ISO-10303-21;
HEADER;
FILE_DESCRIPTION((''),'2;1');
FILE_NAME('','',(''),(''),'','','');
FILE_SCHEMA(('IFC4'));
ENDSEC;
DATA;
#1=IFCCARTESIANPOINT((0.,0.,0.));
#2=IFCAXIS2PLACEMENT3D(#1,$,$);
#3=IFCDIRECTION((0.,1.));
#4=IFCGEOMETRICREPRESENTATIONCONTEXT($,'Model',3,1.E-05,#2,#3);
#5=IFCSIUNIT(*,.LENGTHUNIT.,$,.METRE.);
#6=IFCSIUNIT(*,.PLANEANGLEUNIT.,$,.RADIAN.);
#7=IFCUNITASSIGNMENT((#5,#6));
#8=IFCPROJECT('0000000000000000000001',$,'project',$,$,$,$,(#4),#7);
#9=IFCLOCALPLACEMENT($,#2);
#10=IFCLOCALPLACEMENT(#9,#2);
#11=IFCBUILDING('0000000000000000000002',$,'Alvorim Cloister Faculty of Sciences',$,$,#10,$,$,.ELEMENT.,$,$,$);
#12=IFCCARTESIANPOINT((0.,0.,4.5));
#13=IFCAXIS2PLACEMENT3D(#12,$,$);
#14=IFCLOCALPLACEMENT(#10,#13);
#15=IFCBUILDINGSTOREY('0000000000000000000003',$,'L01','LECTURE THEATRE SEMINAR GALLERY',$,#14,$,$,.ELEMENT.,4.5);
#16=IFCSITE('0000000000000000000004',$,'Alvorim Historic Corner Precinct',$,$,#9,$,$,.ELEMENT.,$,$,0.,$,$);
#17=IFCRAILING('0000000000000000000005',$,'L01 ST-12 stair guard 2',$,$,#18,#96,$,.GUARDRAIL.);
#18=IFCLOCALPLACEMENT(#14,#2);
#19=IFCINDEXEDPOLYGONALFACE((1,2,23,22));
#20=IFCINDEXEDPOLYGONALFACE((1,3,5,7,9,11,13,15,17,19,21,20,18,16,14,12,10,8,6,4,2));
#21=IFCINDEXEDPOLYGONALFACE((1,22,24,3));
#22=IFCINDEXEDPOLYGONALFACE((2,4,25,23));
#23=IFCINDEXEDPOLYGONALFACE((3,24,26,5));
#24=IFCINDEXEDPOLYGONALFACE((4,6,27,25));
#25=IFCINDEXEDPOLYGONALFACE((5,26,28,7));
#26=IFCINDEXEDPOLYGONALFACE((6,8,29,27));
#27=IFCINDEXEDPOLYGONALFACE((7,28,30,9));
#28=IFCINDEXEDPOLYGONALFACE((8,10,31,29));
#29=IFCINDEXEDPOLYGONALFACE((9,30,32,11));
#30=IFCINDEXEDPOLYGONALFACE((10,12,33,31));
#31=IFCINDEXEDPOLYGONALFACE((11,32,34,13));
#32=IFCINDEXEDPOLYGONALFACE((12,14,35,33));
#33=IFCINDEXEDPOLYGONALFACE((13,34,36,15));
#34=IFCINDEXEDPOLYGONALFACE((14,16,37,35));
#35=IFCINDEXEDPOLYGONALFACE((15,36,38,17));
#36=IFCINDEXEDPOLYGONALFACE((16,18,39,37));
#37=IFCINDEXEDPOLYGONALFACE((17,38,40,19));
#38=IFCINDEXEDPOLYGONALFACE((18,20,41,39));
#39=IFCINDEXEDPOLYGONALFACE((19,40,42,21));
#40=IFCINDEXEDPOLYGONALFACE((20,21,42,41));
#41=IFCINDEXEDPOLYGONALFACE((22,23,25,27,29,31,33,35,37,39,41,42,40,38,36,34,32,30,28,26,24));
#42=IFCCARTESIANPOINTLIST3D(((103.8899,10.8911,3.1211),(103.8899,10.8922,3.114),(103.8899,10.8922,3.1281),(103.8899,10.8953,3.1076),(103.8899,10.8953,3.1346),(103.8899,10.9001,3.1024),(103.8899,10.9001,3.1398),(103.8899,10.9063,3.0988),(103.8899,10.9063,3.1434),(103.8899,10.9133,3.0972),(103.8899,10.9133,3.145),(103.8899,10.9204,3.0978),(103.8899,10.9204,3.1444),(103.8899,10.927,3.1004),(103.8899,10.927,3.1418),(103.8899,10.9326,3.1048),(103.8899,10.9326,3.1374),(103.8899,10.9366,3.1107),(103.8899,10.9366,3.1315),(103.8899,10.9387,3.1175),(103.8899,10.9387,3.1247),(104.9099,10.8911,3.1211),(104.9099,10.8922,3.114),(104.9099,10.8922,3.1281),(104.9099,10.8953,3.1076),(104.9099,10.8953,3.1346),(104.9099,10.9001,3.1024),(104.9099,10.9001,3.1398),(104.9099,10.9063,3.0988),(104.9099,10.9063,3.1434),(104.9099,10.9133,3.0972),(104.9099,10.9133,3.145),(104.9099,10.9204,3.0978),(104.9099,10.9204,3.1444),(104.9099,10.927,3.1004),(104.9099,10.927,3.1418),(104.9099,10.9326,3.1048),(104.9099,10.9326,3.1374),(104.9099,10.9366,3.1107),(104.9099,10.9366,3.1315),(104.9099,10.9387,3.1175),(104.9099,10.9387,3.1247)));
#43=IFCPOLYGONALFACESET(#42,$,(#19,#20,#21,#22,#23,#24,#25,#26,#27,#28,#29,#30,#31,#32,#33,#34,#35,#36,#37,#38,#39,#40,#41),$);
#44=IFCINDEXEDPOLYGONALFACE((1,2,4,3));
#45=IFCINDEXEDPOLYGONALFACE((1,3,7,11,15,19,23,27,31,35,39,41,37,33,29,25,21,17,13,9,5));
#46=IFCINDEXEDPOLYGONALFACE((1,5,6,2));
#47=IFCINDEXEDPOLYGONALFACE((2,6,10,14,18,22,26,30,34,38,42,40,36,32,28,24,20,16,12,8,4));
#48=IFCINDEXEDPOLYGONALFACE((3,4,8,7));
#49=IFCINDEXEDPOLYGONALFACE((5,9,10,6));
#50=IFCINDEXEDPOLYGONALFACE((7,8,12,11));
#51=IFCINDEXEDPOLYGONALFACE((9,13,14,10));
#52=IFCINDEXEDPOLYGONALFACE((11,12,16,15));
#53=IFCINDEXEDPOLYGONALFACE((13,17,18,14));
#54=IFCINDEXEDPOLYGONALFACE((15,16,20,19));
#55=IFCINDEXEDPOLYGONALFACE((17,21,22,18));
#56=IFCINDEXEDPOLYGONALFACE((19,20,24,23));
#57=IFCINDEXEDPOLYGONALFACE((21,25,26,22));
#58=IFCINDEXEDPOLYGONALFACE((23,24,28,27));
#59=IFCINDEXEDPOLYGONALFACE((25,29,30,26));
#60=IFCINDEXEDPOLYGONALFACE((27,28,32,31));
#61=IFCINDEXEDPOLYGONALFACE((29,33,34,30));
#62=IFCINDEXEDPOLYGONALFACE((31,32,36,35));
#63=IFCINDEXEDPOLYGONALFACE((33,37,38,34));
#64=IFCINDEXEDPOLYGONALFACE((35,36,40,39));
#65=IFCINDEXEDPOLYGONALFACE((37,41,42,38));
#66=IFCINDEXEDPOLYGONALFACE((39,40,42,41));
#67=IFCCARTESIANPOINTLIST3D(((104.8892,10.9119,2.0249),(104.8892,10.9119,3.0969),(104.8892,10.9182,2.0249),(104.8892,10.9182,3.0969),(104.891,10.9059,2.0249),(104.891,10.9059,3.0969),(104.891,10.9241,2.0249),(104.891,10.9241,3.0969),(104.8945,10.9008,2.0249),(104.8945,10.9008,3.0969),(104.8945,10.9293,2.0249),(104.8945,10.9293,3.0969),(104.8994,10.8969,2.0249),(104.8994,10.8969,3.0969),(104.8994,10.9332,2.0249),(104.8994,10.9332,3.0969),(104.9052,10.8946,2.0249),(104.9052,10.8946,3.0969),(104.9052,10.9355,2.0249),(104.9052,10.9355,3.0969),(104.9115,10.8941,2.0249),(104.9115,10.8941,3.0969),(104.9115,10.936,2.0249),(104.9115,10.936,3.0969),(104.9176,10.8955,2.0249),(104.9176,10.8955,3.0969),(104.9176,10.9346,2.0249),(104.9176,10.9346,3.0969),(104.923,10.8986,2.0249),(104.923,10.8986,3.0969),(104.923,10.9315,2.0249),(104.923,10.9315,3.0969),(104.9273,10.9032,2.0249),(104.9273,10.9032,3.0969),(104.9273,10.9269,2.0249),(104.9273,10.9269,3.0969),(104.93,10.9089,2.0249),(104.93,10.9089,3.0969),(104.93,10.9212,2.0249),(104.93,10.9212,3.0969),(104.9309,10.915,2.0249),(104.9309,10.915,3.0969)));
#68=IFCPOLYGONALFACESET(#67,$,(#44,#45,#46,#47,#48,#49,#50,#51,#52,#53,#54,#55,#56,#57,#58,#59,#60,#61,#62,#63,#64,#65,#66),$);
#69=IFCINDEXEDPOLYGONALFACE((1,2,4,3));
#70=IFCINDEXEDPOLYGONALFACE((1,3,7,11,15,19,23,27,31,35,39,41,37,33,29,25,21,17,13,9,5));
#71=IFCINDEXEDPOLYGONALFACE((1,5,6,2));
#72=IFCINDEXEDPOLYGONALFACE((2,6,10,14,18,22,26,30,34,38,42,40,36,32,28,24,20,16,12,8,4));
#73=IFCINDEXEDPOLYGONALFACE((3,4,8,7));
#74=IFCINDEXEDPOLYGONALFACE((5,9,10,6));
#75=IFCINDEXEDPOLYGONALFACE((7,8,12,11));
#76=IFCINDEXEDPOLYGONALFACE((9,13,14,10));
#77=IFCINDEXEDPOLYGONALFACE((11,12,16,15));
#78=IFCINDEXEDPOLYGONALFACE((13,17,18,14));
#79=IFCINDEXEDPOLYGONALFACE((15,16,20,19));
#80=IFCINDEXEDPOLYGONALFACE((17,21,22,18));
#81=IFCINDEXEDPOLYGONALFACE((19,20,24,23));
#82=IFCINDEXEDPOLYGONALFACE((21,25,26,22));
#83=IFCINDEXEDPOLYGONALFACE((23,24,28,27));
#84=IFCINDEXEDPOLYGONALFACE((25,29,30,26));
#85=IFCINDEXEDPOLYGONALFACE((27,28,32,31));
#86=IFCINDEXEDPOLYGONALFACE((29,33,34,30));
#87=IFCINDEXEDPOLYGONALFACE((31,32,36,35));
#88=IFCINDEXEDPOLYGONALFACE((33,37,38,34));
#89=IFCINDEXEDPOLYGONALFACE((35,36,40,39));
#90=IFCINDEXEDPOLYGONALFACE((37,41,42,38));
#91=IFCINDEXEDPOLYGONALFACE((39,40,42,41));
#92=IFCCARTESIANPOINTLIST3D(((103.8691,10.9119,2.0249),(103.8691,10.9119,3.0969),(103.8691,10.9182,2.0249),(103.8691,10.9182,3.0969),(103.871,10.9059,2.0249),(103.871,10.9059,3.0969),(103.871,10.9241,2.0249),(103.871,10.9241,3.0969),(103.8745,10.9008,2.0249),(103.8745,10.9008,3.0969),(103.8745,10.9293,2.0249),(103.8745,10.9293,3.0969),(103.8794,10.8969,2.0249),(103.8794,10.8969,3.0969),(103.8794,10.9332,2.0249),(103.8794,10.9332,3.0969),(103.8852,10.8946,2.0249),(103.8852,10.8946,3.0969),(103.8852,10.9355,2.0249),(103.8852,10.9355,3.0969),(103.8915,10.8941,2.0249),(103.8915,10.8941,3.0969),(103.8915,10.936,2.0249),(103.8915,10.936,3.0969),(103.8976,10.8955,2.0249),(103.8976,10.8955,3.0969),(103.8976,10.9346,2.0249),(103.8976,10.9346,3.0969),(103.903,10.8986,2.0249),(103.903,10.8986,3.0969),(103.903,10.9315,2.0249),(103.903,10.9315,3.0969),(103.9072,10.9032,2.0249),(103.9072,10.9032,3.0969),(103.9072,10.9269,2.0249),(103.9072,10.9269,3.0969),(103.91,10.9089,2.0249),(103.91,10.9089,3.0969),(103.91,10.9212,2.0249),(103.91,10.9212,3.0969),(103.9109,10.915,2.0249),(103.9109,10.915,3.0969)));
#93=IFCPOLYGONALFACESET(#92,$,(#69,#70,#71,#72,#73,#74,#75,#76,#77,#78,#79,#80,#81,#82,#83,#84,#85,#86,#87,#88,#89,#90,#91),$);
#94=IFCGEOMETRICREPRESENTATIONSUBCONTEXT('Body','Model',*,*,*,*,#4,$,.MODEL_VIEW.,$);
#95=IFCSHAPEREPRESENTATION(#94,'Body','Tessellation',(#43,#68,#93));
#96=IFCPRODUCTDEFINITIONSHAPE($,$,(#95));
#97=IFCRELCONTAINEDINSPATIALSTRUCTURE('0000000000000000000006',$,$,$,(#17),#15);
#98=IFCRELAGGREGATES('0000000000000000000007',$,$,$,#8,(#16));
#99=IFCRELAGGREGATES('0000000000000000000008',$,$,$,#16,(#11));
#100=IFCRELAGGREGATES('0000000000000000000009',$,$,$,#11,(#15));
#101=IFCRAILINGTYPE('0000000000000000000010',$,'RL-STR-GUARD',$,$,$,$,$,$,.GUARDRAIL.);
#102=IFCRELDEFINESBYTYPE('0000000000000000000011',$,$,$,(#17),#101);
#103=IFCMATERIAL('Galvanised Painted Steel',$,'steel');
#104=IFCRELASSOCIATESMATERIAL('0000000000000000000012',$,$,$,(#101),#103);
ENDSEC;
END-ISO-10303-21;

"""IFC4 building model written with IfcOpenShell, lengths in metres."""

from ifc_helpers import new_model, si_unit, direction, frame, origin, origin_2d, place, context, subcontext, project, spatial, circle, extrude, material, type_object, element, save


model = new_model("IFC4")

# Units and contexts
model_context = context("Model", 3, precision=1e-05, world=origin(), true_north=direction((0.0, 1.0)))
body_context = subcontext(model_context, "Body", "Model", "MODEL_VIEW")
ifc_project = project(units=[si_unit("LENGTHUNIT", "METRE"), si_unit("PLANEANGLEUNIT", "RADIAN")], contexts=[model_context])

# Site, building, storey
site_placement = place(None, origin())
site = spatial("IfcSite", under=ifc_project, at=site_placement, Name="Alvorim Historic Corner Precinct", CompositionType="ELEMENT", RefElevation=0.0)
building_placement = place(site_placement, origin())
building = spatial("IfcBuilding", under=site, at=building_placement, Name="Alvorim Cloister Faculty of Sciences", CompositionType="ELEMENT")
storey_placement = place(building_placement, frame((0.0, 0.0, 4.5)))
storey = spatial("IfcBuildingStorey", under=building, at=storey_placement, Name="L01", Description="LECTURE THEATRE SEMINAR GALLERY", CompositionType="ELEMENT", Elevation=4.5)

# Railing
ifc_material_1 = material(Name="Galvanised Painted Steel", Category="steel")
railing_type_1 = type_object("IfcRailingType", Name="RL-STR-GUARD", PredefinedType="GUARDRAIL", material=ifc_material_1)
railing_1_placement = place(storey_placement, frame((104.9099, 10.915, 2.0249)))
element("IfcRailing", 1, at=railing_1_placement, inside=storey, type_object=railing_type_1, Name="L01 ST-12 stair guard 2", PredefinedType="GUARDRAIL", context=body_context, shape_type="SweptSolid", body=[
    extrude(circle(Radius=0.0239, at=origin_2d()), frame((0.0, 0.0, 1.0962), z_axis=(-1.0, 0.0, 0.0), x_axis=(0.0, -1.0, 0.0)), (0.0, 0.0, 1.0), 1.02),
    extrude(circle(Radius=0.021, at=origin_2d()), origin(), (0.0, 0.0, 1.0), 1.072),
    extrude(circle(Radius=0.021, at=origin_2d()), frame((-1.02, 0.0, 0.0)), (0.0, 0.0, 1.0), 1.072),
])

save(model, "model.ifc")
